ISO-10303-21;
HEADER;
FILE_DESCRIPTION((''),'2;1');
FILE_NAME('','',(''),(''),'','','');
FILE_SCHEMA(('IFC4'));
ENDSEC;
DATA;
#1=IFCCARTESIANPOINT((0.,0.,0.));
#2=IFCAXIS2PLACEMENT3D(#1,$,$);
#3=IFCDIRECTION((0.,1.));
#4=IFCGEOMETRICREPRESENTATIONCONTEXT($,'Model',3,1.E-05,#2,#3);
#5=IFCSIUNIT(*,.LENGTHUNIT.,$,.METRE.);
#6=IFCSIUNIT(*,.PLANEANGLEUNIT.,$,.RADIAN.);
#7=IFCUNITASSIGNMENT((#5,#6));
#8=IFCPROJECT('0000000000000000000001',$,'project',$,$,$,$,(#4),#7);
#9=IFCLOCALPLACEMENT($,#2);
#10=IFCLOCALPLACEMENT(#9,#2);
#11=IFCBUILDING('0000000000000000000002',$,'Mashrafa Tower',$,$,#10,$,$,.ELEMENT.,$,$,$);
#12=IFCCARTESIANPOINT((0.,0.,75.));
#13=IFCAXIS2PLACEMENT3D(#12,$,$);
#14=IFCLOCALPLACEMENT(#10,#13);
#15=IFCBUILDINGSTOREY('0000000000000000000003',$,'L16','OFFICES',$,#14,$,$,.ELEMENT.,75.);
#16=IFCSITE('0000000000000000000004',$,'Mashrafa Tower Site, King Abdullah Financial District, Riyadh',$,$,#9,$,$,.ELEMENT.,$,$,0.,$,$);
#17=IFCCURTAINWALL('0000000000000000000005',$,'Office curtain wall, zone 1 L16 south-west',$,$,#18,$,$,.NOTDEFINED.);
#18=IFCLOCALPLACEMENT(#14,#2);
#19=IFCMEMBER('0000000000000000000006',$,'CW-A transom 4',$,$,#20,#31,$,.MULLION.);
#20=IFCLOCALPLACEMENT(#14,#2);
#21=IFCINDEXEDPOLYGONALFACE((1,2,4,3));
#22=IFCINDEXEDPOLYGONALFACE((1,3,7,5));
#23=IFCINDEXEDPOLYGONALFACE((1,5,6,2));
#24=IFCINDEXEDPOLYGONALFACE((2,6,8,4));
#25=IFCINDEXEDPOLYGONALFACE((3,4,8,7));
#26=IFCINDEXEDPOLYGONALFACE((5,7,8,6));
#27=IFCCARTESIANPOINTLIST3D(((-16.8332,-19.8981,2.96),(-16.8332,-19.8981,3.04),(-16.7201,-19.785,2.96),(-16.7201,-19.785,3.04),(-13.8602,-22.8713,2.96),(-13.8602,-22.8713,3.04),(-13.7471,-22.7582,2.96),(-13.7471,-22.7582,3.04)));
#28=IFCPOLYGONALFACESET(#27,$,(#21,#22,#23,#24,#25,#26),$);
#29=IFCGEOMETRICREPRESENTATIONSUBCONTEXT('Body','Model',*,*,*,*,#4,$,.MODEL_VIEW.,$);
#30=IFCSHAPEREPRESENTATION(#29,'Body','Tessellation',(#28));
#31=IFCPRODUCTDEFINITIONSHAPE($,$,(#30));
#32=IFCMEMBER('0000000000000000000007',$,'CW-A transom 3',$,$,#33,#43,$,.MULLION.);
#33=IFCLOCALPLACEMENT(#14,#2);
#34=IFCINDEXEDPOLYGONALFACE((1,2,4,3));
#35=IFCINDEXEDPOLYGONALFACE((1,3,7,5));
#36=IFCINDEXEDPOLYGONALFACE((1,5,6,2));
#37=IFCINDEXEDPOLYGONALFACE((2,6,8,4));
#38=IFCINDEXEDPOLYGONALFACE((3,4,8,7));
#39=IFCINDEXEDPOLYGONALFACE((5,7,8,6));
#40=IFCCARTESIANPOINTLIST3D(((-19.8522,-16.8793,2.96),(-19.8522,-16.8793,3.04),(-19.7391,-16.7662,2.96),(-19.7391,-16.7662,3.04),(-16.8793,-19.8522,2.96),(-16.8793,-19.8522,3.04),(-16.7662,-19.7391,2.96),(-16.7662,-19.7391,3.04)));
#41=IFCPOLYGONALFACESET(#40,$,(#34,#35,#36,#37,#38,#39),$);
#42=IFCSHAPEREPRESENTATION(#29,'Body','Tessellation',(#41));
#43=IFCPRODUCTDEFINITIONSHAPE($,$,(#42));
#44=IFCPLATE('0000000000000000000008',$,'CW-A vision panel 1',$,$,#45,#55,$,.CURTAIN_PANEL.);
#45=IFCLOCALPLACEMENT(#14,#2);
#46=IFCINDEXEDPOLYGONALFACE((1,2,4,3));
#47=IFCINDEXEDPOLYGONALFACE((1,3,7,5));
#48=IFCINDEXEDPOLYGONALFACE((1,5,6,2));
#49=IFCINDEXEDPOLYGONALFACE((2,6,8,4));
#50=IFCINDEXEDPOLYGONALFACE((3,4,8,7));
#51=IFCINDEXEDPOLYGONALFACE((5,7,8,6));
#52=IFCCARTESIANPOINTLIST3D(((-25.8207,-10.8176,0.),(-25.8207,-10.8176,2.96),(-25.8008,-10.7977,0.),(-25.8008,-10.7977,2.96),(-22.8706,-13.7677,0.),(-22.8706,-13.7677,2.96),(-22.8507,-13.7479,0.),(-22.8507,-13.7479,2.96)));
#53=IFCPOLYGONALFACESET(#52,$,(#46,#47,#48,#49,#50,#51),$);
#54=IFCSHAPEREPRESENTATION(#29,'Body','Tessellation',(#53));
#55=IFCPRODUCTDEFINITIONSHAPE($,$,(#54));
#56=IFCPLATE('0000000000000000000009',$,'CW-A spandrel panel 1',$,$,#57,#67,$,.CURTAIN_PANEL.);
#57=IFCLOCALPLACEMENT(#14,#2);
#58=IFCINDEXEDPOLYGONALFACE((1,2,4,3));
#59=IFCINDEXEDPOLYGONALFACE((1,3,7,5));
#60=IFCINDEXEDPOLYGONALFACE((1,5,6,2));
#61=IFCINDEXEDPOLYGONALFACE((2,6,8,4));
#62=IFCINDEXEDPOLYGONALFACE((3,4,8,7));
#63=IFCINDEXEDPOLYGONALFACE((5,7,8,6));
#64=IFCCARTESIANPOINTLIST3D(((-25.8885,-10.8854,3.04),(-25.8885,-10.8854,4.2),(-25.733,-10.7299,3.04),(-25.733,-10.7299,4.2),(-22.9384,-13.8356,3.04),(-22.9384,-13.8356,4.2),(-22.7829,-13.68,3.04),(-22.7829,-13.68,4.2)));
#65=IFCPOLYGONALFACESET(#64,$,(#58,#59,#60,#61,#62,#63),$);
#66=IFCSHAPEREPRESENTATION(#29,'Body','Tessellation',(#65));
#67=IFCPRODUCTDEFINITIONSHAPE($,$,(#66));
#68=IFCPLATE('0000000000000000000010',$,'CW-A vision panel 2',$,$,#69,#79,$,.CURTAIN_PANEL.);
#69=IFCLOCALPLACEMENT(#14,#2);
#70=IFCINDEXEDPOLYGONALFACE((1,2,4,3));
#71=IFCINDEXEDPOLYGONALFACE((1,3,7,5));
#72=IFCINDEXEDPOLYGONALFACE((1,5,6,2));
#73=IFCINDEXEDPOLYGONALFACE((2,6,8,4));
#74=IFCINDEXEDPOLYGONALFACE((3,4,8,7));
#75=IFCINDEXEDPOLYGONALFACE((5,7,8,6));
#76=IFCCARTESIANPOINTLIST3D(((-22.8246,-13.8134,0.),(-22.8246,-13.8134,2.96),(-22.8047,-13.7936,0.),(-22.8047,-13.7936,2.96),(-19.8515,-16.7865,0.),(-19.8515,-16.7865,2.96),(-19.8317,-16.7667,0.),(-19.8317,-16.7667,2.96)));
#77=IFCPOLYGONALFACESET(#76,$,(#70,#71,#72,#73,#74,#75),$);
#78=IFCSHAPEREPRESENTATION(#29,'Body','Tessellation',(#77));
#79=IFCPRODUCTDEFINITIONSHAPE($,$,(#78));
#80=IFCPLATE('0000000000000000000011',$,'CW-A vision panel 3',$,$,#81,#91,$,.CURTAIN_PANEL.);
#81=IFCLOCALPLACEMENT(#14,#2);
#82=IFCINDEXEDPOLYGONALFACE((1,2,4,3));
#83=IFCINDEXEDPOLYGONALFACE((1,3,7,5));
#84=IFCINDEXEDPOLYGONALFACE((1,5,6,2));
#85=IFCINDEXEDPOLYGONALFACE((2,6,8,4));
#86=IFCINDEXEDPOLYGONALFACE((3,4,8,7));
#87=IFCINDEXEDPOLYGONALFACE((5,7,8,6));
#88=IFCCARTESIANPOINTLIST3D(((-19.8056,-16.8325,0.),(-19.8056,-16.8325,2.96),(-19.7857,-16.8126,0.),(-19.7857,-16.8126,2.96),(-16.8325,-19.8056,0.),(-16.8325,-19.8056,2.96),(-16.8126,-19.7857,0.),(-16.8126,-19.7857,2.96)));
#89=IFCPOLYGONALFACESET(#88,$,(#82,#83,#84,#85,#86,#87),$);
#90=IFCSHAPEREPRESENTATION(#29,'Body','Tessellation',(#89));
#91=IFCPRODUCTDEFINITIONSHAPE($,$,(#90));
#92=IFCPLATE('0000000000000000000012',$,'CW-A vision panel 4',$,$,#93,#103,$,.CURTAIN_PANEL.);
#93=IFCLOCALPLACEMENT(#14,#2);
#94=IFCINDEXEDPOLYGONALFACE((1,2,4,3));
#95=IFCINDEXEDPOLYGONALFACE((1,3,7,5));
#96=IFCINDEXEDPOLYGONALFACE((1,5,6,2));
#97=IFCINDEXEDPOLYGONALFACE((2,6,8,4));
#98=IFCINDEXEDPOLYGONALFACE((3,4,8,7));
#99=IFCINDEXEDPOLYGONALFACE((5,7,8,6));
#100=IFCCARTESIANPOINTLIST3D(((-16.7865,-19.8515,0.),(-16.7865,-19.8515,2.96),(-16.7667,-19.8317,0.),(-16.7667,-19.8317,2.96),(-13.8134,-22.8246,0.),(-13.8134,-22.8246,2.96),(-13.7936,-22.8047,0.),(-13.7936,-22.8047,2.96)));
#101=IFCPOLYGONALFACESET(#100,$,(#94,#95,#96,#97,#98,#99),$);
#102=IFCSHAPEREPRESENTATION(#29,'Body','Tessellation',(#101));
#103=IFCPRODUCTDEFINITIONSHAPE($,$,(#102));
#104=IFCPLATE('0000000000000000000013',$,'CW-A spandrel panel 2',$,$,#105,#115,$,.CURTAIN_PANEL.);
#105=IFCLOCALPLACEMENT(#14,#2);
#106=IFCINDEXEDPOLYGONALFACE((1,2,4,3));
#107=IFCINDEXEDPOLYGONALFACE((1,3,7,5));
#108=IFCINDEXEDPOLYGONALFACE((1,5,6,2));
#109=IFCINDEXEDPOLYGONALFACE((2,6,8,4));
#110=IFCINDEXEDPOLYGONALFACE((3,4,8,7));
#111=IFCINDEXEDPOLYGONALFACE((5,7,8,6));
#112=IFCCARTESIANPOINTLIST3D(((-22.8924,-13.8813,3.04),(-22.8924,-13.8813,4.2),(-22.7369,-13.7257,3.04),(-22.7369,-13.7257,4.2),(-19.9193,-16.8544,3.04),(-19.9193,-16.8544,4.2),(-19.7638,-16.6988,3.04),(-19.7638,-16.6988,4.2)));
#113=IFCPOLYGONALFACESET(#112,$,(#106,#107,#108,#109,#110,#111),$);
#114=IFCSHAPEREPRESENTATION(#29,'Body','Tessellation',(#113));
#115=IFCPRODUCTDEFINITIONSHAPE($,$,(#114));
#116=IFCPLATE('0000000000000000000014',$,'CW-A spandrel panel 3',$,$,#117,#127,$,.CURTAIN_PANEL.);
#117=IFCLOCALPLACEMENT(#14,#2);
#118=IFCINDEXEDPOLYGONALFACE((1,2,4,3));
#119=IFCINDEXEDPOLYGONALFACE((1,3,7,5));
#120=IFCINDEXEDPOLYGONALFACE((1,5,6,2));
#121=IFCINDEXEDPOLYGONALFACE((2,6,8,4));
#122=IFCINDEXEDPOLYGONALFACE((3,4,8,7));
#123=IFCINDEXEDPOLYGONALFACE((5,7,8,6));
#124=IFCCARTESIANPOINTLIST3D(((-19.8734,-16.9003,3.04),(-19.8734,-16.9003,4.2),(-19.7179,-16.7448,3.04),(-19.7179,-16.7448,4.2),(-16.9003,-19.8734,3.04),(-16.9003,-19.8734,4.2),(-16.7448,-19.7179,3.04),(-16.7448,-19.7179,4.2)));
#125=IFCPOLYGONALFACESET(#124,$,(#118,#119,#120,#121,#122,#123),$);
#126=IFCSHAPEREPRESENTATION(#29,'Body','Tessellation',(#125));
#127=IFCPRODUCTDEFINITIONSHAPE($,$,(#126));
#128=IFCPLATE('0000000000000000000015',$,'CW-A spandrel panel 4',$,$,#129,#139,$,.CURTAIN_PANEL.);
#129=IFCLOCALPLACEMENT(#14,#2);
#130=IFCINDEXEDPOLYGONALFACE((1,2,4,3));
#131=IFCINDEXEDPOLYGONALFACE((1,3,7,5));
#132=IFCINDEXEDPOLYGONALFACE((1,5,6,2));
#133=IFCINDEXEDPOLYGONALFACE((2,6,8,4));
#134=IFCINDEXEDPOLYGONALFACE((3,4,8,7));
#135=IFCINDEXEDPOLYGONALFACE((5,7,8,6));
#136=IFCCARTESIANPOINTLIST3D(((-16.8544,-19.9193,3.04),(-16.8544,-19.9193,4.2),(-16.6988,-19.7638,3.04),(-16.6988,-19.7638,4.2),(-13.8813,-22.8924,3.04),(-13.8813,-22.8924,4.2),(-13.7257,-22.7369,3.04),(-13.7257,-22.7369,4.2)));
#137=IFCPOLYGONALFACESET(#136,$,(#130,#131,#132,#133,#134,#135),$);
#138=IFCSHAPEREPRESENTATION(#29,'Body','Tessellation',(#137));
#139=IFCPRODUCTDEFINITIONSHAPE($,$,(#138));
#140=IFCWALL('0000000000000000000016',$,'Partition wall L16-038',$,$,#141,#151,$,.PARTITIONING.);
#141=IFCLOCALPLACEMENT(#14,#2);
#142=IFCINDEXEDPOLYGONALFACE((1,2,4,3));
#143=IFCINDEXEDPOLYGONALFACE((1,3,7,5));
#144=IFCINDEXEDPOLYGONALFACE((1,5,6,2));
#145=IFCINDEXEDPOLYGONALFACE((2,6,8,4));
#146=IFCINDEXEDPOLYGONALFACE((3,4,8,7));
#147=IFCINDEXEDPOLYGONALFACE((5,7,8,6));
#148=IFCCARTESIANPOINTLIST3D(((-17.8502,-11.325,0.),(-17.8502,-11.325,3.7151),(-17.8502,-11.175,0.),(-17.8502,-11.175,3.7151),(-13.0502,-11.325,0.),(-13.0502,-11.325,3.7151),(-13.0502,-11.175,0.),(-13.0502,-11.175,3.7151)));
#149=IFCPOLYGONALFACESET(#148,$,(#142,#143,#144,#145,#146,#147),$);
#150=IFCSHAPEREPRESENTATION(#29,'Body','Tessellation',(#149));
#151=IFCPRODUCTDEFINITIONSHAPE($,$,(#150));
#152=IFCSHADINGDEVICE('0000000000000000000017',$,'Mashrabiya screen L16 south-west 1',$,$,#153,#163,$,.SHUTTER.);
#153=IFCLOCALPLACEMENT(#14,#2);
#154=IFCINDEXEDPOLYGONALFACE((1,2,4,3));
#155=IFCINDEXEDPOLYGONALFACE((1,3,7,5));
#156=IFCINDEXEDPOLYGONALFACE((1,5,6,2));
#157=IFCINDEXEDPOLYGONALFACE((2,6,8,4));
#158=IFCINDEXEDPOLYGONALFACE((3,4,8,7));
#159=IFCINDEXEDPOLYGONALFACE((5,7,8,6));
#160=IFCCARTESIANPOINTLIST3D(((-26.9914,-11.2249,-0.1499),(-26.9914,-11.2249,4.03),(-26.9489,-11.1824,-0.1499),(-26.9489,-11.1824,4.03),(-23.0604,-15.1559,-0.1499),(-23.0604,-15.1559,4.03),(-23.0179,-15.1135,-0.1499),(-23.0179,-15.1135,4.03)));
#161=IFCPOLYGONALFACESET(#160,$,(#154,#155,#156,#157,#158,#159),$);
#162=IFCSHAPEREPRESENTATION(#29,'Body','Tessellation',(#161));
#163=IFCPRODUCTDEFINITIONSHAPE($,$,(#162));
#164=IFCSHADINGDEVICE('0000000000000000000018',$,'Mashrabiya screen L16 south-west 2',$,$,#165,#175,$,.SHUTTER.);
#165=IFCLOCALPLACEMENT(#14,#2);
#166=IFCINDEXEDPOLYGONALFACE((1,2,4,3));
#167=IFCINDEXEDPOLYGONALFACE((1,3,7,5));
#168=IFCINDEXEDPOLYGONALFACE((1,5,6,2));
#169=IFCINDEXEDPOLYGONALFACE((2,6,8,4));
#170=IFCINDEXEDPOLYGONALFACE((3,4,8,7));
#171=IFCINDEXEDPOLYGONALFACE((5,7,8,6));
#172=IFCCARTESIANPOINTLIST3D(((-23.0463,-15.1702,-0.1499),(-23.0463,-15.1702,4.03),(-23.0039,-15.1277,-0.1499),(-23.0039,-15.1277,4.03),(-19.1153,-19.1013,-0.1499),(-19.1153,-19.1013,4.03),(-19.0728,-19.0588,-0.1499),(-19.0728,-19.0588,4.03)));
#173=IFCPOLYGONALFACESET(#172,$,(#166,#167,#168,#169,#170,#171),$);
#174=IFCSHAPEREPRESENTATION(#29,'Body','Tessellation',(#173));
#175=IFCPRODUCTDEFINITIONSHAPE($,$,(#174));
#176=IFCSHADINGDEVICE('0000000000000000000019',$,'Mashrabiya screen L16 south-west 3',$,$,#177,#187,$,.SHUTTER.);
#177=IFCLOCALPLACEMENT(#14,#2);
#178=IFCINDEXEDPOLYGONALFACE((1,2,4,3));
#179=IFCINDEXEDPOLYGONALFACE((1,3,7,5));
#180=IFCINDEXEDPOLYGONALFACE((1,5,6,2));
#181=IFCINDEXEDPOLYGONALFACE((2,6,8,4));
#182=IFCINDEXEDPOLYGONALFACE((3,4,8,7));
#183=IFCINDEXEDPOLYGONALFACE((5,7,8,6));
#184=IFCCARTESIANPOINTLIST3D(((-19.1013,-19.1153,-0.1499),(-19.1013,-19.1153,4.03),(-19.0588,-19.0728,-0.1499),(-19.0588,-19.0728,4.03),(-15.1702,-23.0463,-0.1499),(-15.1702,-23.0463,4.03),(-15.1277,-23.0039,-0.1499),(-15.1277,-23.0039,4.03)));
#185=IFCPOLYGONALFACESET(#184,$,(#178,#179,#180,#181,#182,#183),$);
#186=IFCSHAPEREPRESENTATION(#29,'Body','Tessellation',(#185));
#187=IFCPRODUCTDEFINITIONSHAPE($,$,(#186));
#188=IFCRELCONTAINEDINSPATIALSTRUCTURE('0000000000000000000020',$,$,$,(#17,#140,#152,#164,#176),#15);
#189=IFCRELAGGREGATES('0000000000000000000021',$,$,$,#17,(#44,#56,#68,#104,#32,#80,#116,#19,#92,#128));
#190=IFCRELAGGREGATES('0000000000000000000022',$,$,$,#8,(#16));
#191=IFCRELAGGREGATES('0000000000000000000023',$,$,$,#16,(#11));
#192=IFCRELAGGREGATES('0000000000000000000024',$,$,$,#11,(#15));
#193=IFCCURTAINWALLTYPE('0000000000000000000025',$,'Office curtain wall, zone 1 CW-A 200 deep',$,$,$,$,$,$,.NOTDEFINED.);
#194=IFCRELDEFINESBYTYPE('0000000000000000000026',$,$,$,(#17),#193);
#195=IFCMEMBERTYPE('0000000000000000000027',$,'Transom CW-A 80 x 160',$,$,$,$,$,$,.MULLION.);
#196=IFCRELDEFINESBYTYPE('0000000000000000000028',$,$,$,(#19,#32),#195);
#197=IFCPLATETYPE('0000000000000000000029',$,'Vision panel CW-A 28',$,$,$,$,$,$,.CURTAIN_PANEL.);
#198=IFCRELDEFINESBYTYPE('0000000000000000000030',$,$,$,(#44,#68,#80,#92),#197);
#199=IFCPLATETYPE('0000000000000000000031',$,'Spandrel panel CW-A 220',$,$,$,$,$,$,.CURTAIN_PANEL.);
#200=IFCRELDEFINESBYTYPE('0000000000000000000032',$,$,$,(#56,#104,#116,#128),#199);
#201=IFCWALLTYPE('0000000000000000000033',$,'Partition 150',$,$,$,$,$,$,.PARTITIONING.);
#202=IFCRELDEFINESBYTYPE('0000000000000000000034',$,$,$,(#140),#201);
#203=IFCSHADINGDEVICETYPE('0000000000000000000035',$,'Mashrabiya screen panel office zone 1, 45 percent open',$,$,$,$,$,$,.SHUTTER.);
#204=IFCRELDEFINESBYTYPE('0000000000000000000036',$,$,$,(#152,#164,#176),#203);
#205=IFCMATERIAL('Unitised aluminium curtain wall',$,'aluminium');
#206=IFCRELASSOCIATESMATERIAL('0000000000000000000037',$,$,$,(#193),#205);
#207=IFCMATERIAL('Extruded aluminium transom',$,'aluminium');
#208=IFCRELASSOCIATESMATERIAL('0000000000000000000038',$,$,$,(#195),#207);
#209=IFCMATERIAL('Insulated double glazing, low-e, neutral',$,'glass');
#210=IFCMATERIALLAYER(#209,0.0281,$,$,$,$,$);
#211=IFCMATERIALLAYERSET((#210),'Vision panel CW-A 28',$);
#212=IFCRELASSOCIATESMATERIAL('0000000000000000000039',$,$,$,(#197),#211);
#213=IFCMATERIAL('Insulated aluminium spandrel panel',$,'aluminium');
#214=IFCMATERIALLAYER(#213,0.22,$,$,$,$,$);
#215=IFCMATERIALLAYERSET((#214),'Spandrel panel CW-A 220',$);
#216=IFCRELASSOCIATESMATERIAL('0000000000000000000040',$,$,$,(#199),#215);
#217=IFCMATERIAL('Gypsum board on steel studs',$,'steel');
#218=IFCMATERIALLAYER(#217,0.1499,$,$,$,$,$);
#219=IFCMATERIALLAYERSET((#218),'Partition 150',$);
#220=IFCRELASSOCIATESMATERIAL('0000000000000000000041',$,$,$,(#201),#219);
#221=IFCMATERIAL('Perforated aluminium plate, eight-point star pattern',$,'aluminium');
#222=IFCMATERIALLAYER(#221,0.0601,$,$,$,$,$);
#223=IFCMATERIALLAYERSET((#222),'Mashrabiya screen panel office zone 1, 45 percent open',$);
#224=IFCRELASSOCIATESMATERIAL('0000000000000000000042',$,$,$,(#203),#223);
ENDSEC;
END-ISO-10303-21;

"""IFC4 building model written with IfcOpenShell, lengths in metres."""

from ifc_helpers import new_model, si_unit, direction, frame, frame_2d, origin, origin_2d, place, context, subcontext, project, spatial, rectangle, extrude, source, transform, mapped, material, layer, layer_set, material_profile, profile_set, type_object, type_shapes, element, aggregate, save


model = new_model("IFC4")

# Units and contexts
model_context = context("Model", 3, precision=1e-05, world=origin(), true_north=direction((0.0, 1.0)))
body_context = subcontext(model_context, "Body", "Model", "MODEL_VIEW")
ifc_project = project(units=[si_unit("LENGTHUNIT", "METRE"), si_unit("PLANEANGLEUNIT", "RADIAN")], contexts=[model_context])

# Site, building, storey
site_placement = place(None, origin())
site = spatial("IfcSite", under=ifc_project, at=site_placement, Name="Mashrafa Tower Site, King Abdullah Financial District, Riyadh", CompositionType="ELEMENT", RefElevation=0.0)
building_placement = place(site_placement, origin())
building = spatial("IfcBuilding", under=site, at=building_placement, Name="Mashrafa Tower", CompositionType="ELEMENT")
storey_placement = place(building_placement, frame((0.0, 0.0, 75.0)))
storey = spatial("IfcBuildingStorey", under=building, at=storey_placement, Name="L16", Description="OFFICES", CompositionType="ELEMENT", Elevation=75.0)

# Shared definitions
ifc_material_1 = material(Name="Unitised aluminium curtain wall", Category="aluminium")
curtain_wall_type = type_object("IfcCurtainWallType", Name="Office curtain wall, zone 1 CW-A 200 deep", PredefinedType="NOTDEFINED", material=ifc_material_1)

# Curtain wall, members, plates
curtain_wall_1_placement = place(storey_placement, origin())
curtain_wall_1 = element("IfcCurtainWall", 1, at=curtain_wall_1_placement, inside=storey, type_object=curtain_wall_type, Name="Office curtain wall, zone 1 L16 south-west", PredefinedType="NOTDEFINED")
ifc_material_2 = material(Name="Extruded aluminium transom", Category="aluminium")
ifc_material_profile_1 = material_profile(ifc_material_2, rectangle(XDim=0.1599, YDim=0.0801, at=origin_2d()), Name="Transom 80x160")
ifc_profile_set_1 = profile_set([ifc_material_profile_1], Name="Extruded aluminium transom")
member_type_1 = type_object("IfcMemberType", Name="Transom CW-A 80 x 160", PredefinedType="MULLION", material=ifc_profile_set_1)
shared_shape_1 = source(origin(), body_context, "Body", "SweptSolid", [
    extrude(rectangle(XDim=0.1599, YDim=0.0801, at=origin_2d()), origin(), (0.0, 0.0, 1.0), 4.2046),
])
member_1_placement = place(storey_placement, frame((-16.7766, -19.8416, 3.0), z_axis=(0.707078, -0.707136, 0.0), x_axis=(0.707136, 0.707078, 0.0)))
member_1 = element("IfcMember", 2, at=member_1_placement, type_object=member_type_1, Name="CW-A transom 4", PredefinedType="MULLION", context=body_context, shape_type="MappedRepresentation", body=[
    mapped(shared_shape_1, transform((0.0, 0.0, 0.0))),
])
shared_shape_2 = source(origin(), body_context, "Body", "SweptSolid", [
    extrude(rectangle(XDim=0.1599, YDim=0.0801, at=origin_2d()), origin(), (0.0, 0.0, 1.0), 4.2043),
])
member_2_placement = place(storey_placement, frame((-19.7957, -16.8228, 3.0), z_axis=(0.707107, -0.707107, 0.0), x_axis=(0.707107, 0.707107, 0.0)))
member_2 = element("IfcMember", 3, at=member_2_placement, type_object=member_type_1, Name="CW-A transom 3", PredefinedType="MULLION", context=body_context, shape_type="MappedRepresentation", body=[
    mapped(shared_shape_2, transform((0.0, 0.0, 0.0))),
])
ifc_material_3 = material(Name="Insulated double glazing, low-e, neutral", Category="glass")
ifc_layer_1 = layer(ifc_material_3, 0.0281)
ifc_layer_set_1 = layer_set([ifc_layer_1], Name="Vision panel CW-A 28")
plate_type_1 = type_object("IfcPlateType", Name="Vision panel CW-A 28", PredefinedType="CURTAIN_PANEL", material=ifc_layer_set_1)
shared_shape_3 = source(origin(), body_context, "Body", "SweptSolid", [
    extrude(rectangle(XDim=4.1721, YDim=0.0281, at=origin_2d()), origin(), (0.0, 0.0, 1.0), 2.96),
])
plate_1_placement = place(storey_placement, frame((-24.3357, -12.2827, 0.0), z_axis=(0.0, 0.0, 1.0), x_axis=(0.707107, -0.707107, 0.0)))
plate_1 = element("IfcPlate", 4, at=plate_1_placement, type_object=plate_type_1, Name="CW-A vision panel 1", PredefinedType="CURTAIN_PANEL", context=body_context, shape_type="MappedRepresentation", body=[
    mapped(shared_shape_3, transform((0.0, 0.0, 0.0))),
])
ifc_material_4 = material(Name="Insulated aluminium spandrel panel", Category="aluminium")
ifc_layer_2 = layer(ifc_material_4, 0.22)
ifc_layer_set_2 = layer_set([ifc_layer_2], Name="Spandrel panel CW-A 220")
plate_type_2 = type_object("IfcPlateType", Name="Spandrel panel CW-A 220", PredefinedType="CURTAIN_PANEL", material=ifc_layer_set_2)
shared_shape_4 = source(origin(), body_context, "Body", "SweptSolid", [
    extrude(rectangle(XDim=4.1721, YDim=0.22, at=origin_2d()), origin(), (0.0, 0.0, 1.0), 1.1599),
])
plate_2_placement = place(storey_placement, frame((-24.3357, -12.2827, 3.04), z_axis=(0.0, 0.0, 1.0), x_axis=(0.707107, -0.707107, 0.0)))
plate_2 = element("IfcPlate", 5, at=plate_2_placement, type_object=plate_type_2, Name="CW-A spandrel panel 1", PredefinedType="CURTAIN_PANEL", context=body_context, shape_type="MappedRepresentation", body=[
    mapped(shared_shape_4, transform((0.0, 0.0, 0.0))),
])
shared_shape_5 = source(origin(), body_context, "Body", "SweptSolid", [
    extrude(rectangle(XDim=4.2046, YDim=0.0281, at=origin_2d()), origin(), (0.0, 0.0, 1.0), 2.96),
])
type_shapes(plate_type_1, [shared_shape_3, shared_shape_5])
plate_3_placement = place(storey_placement, frame((-21.3281, -15.29, 0.0), z_axis=(0.0, 0.0, 1.0), x_axis=(0.707107, -0.707107, 0.0)))
plate_3 = element("IfcPlate", 6, at=plate_3_placement, type_object=plate_type_1, Name="CW-A vision panel 2", PredefinedType="CURTAIN_PANEL", context=body_context, shape_type="MappedRepresentation", body=[
    mapped(shared_shape_5, transform((0.0, 0.0, 0.0))),
])
plate_4_placement = place(storey_placement, frame((-18.3091, -18.3091, 0.0), z_axis=(0.0, 0.0, 1.0), x_axis=(0.707107, -0.707107, 0.0)))
plate_4 = element("IfcPlate", 7, at=plate_4_placement, type_object=plate_type_1, Name="CW-A vision panel 3", PredefinedType="CURTAIN_PANEL", context=body_context, shape_type="MappedRepresentation", body=[
    mapped(shared_shape_5, transform((0.0, 0.0, 0.0))),
])
plate_5_placement = place(storey_placement, frame((-15.29, -21.3281, 0.0), z_axis=(0.0, 0.0, 1.0), x_axis=(0.707107, -0.707107, 0.0)))
plate_5 = element("IfcPlate", 8, at=plate_5_placement, type_object=plate_type_1, Name="CW-A vision panel 4", PredefinedType="CURTAIN_PANEL", context=body_context, shape_type="MappedRepresentation", body=[
    mapped(shared_shape_5, transform((0.0, 0.0, 0.0))),
])
shared_shape_6 = source(origin(), body_context, "Body", "SweptSolid", [
    extrude(rectangle(XDim=4.2046, YDim=0.22, at=origin_2d()), origin(), (0.0, 0.0, 1.0), 1.1599),
])
type_shapes(plate_type_2, [shared_shape_4, shared_shape_6])
plate_6_placement = place(storey_placement, frame((-21.3281, -15.29, 3.04), z_axis=(0.0, 0.0, 1.0), x_axis=(0.707107, -0.707107, 0.0)))
plate_6 = element("IfcPlate", 9, at=plate_6_placement, type_object=plate_type_2, Name="CW-A spandrel panel 2", PredefinedType="CURTAIN_PANEL", context=body_context, shape_type="MappedRepresentation", body=[
    mapped(shared_shape_6, transform((0.0, 0.0, 0.0))),
])
plate_7_placement = place(storey_placement, frame((-18.3091, -18.3091, 3.04), z_axis=(0.0, 0.0, 1.0), x_axis=(0.707107, -0.707107, 0.0)))
plate_7 = element("IfcPlate", 10, at=plate_7_placement, type_object=plate_type_2, Name="CW-A spandrel panel 3", PredefinedType="CURTAIN_PANEL", context=body_context, shape_type="MappedRepresentation", body=[
    mapped(shared_shape_6, transform((0.0, 0.0, 0.0))),
])
plate_8_placement = place(storey_placement, frame((-15.29, -21.3281, 3.04), z_axis=(0.0, 0.0, 1.0), x_axis=(0.707107, -0.707107, 0.0)))
plate_8 = element("IfcPlate", 11, at=plate_8_placement, type_object=plate_type_2, Name="CW-A spandrel panel 4", PredefinedType="CURTAIN_PANEL", context=body_context, shape_type="MappedRepresentation", body=[
    mapped(shared_shape_6, transform((0.0, 0.0, 0.0))),
])
aggregate(curtain_wall_1, [plate_1, plate_2, plate_3, plate_6, member_2, plate_4, plate_7, member_1, plate_5, plate_8])

# Wall
ifc_material_5 = material(Name="Gypsum board on steel studs", Category="steel")
ifc_layer_3 = layer(ifc_material_5, 0.1499)
ifc_layer_set_3 = layer_set([ifc_layer_3], Name="Partition 150")
wall_type = type_object("IfcWallType", Name="Partition 150", PredefinedType="PARTITIONING", material=ifc_layer_set_3)
wall_placement = place(storey_placement, frame((-17.8501, -11.25, 0.0), z_axis=(0.0, 0.0, 1.0), x_axis=(1.0, 0.0, 0.0)))
element("IfcWall", 12, at=wall_placement, inside=storey, type_object=wall_type, Name="Partition wall L16-038", PredefinedType="PARTITIONING", context=body_context, shape_type="SweptSolid", body=[
    extrude(rectangle(XDim=4.8, YDim=0.1499, at=frame_2d((2.3999, 0.0))), origin(), (0.0, 0.0, 1.0), 3.7151),
])

# Shading devices
ifc_material_6 = material(Name="Perforated aluminium plate, eight-point star pattern", Category="aluminium")
ifc_layer_4 = layer(ifc_material_6, 0.0601)
ifc_layer_set_4 = layer_set([ifc_layer_4], Name="Mashrabiya screen panel office zone 1, 45 percent open")
shading_device_type = type_object("IfcShadingDeviceType", Name="Mashrabiya screen panel office zone 1, 45 percent open", PredefinedType="SHUTTER", material=ifc_layer_set_4)
shared_shape_7 = source(origin(), body_context, "Body", "SweptSolid", [
    extrude(rectangle(XDim=5.5593, YDim=0.0601, at=origin_2d()), origin(), (0.0, 0.0, 1.0), 4.1799),
])
type_shapes(shading_device_type, [shared_shape_7])
for number, where, z_axis, x_axis, name in (
    (13, (-25.0046, -13.1692, -0.1499), (0.0, 0.0, 1.0), (0.707107, -0.707107, 0.0), "Mashrabiya screen L16 south-west 1"),
    (14, (-21.0596, -17.1145, -0.1499), (0.0, 0.0, 1.0), (0.707107, -0.707107, 0.0), "Mashrabiya screen L16 south-west 2"),
    (15, (-17.1145, -21.0596, -0.1499), (0.0, 0.0, 1.0), (0.707107, -0.707107, 0.0), "Mashrabiya screen L16 south-west 3"),
):
    element("IfcShadingDevice", number, at=place(storey_placement, frame(where, z_axis=z_axis, x_axis=x_axis)), inside=storey, type_object=shading_device_type, Name=name, PredefinedType="SHUTTER", context=body_context, shape_type="MappedRepresentation", body=[
        mapped(shared_shape_7, transform((0.0, 0.0, 0.0))),
    ])

save(model, "model.ifc")
